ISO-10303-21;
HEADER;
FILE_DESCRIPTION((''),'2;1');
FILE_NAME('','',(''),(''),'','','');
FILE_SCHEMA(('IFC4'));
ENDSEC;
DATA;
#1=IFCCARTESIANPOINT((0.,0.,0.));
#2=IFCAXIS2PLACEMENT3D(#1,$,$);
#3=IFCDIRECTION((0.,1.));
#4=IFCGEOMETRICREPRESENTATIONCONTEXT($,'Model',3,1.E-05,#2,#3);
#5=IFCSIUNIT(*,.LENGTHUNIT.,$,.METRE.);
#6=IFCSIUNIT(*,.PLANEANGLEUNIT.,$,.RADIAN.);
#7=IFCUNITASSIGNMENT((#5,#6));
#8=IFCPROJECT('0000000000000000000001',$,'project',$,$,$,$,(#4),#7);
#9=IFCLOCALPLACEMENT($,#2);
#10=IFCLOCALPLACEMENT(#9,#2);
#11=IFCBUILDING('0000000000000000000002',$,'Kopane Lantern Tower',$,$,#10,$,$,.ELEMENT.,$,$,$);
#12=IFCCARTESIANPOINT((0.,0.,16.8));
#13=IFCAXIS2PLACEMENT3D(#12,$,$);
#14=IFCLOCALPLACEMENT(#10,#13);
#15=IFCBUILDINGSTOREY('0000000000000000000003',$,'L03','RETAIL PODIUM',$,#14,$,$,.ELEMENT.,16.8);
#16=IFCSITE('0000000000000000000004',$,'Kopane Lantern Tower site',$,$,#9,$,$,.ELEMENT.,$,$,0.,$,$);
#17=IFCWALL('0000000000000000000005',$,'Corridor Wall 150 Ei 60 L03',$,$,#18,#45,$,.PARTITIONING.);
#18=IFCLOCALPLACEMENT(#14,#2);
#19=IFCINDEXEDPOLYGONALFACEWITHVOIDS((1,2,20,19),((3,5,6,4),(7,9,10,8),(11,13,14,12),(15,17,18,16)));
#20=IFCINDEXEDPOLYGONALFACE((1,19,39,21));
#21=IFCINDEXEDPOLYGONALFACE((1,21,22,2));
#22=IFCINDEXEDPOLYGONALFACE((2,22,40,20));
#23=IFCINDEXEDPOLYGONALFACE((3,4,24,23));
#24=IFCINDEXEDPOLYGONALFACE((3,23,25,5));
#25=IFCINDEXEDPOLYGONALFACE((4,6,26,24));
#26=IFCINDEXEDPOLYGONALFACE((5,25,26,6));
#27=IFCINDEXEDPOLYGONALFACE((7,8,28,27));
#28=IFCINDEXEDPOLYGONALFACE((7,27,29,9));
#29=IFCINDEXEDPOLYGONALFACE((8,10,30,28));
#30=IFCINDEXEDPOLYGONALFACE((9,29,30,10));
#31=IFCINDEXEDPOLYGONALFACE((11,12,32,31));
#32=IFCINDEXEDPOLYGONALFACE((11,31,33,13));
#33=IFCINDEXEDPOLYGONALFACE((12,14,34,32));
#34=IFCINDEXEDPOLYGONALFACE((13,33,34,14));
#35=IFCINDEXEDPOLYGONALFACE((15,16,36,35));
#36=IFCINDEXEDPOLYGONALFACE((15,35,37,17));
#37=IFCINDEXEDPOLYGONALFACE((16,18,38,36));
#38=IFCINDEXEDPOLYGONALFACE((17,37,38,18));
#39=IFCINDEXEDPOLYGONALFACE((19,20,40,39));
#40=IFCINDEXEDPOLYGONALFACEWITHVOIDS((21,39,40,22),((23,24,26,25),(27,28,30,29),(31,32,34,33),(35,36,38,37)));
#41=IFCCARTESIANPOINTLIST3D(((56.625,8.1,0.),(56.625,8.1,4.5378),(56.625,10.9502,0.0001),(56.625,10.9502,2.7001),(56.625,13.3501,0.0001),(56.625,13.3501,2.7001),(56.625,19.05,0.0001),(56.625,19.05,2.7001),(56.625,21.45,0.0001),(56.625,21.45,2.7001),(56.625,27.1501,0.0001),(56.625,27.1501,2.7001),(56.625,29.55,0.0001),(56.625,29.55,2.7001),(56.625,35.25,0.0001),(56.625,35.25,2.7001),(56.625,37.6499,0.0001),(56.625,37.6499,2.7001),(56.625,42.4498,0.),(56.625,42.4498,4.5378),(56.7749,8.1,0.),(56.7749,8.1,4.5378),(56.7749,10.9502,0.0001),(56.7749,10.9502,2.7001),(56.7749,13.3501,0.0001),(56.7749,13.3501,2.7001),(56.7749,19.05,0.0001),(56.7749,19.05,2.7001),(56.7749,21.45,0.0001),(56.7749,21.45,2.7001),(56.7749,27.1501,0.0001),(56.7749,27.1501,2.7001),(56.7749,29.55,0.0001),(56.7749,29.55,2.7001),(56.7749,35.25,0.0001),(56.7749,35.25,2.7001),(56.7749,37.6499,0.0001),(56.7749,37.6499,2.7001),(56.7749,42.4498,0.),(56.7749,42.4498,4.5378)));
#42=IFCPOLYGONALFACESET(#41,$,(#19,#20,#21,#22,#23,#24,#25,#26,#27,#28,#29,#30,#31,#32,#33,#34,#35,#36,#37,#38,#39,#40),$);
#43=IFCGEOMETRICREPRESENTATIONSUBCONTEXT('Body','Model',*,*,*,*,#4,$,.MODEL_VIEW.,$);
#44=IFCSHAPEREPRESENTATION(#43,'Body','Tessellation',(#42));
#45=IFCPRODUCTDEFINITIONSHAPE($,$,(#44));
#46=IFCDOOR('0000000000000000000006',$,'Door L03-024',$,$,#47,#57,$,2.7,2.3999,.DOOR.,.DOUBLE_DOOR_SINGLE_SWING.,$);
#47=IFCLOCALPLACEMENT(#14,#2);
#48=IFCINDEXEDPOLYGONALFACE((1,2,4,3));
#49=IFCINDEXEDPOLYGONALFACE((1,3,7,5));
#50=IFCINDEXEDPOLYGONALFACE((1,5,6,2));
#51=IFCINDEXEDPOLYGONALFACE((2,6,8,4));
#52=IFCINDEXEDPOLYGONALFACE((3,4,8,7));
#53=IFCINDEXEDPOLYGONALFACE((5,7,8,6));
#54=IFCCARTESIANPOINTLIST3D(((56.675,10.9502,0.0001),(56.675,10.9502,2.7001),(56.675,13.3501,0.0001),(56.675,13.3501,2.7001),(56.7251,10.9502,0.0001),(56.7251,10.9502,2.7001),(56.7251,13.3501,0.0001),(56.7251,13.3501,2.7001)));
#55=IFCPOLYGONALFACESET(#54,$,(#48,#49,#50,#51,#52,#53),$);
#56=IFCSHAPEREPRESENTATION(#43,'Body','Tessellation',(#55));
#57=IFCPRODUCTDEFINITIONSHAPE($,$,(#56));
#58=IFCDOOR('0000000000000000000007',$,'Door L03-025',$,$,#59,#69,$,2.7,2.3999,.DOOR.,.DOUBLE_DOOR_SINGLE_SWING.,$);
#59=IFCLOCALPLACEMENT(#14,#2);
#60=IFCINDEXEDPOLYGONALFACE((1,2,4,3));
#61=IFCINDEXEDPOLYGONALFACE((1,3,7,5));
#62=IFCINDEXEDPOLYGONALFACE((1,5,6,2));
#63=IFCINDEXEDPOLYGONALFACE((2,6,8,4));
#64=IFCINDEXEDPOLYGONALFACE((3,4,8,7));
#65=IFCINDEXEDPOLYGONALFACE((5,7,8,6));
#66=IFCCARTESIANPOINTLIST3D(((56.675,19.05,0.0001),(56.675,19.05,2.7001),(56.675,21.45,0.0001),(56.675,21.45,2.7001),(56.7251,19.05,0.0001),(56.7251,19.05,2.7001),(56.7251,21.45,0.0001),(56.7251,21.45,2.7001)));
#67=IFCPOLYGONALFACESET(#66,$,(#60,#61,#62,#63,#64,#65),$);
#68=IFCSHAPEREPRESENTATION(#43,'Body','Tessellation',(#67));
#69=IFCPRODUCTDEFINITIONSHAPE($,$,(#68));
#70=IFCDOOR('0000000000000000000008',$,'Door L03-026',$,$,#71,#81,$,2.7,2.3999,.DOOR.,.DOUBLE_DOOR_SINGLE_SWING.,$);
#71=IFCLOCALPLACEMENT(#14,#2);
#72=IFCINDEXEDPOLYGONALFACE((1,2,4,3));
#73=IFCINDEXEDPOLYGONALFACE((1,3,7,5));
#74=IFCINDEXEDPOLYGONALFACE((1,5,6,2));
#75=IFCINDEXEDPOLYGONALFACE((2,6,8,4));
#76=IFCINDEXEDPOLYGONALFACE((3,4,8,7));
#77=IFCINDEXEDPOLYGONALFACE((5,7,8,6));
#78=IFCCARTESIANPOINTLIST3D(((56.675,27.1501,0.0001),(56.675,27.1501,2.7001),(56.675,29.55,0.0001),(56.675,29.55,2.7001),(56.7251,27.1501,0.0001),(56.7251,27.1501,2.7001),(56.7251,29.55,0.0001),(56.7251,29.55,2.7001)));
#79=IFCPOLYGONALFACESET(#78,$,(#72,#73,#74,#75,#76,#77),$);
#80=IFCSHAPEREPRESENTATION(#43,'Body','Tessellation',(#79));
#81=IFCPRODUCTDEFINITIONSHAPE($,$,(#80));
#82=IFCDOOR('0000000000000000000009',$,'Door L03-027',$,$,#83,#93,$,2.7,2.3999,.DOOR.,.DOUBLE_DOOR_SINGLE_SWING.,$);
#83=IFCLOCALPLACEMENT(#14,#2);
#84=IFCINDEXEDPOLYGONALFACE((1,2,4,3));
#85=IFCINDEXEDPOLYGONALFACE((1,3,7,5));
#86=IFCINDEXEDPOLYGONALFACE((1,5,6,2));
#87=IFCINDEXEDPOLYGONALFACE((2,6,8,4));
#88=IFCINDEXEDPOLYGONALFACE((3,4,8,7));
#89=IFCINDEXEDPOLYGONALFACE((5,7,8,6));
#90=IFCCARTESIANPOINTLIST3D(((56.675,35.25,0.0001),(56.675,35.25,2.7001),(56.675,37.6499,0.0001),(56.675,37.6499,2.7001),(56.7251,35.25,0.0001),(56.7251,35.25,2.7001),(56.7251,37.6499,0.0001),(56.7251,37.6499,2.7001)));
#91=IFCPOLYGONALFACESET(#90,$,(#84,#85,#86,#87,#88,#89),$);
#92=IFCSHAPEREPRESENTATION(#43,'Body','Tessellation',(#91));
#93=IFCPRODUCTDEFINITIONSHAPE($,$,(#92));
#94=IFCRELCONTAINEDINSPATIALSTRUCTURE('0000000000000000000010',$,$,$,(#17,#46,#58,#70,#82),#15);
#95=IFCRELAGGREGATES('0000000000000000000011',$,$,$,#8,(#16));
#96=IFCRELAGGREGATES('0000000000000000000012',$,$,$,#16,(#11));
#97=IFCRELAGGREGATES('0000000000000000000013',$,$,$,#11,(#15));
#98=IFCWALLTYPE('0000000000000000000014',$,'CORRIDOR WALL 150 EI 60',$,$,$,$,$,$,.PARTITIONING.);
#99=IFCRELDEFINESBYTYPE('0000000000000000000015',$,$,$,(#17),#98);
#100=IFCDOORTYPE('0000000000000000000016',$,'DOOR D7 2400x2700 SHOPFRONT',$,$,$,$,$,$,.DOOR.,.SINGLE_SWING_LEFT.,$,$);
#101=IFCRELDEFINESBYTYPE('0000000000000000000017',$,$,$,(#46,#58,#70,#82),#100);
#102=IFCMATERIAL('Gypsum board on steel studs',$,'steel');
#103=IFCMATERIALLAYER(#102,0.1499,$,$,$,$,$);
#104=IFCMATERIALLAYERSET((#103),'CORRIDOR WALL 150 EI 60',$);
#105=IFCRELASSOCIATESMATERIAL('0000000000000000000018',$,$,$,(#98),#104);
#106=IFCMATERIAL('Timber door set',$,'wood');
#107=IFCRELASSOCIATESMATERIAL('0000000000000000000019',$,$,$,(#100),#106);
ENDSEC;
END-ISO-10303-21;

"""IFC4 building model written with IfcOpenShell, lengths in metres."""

from ifc_helpers import new_model, si_unit, direction, frame, frame_2d, origin, place, context, subcontext, project, spatial, rectangle, extrude, material, layer, layer_set, type_object, element, fill, save


model = new_model("IFC4")

# Units and contexts
model_context = context("Model", 3, precision=1e-05, world=origin(), true_north=direction((0.0, 1.0)))
body_context = subcontext(model_context, "Body", "Model", "MODEL_VIEW")
ifc_project = project(units=[si_unit("LENGTHUNIT", "METRE"), si_unit("PLANEANGLEUNIT", "RADIAN")], contexts=[model_context])

# Site, building, storey
site_placement = place(None, origin())
site = spatial("IfcSite", under=ifc_project, at=site_placement, Name="Kopane Lantern Tower site", CompositionType="ELEMENT", RefElevation=0.0)
building_placement = place(site_placement, origin())
building = spatial("IfcBuilding", under=site, at=building_placement, Name="Kopane Lantern Tower", CompositionType="ELEMENT")
storey_placement = place(building_placement, frame((0.0, 0.0, 16.8)))
storey = spatial("IfcBuildingStorey", under=building, at=storey_placement, Name="L03", Description="RETAIL PODIUM", CompositionType="ELEMENT", Elevation=16.8)

# Wall, openings, doors
ifc_material_1 = material(Name="Gypsum board on steel studs", Category="steel")
ifc_layer_1 = layer(ifc_material_1, 0.1499)
ifc_layer_set_1 = layer_set([ifc_layer_1], Name="CORRIDOR WALL 150 EI 60")
wall_type_1 = type_object("IfcWallType", Name="CORRIDOR WALL 150 EI 60", PredefinedType="PARTITIONING", material=ifc_layer_set_1)
wall_1_placement = place(storey_placement, frame((56.7, 8.1001, 0.0), z_axis=(0.0, 0.0, 1.0), x_axis=(0.0, 1.0, 0.0)))
wall_1 = element("IfcWall", 1, at=wall_1_placement, inside=storey, type_object=wall_type_1, Name="Corridor Wall 150 Ei 60 L03", PredefinedType="PARTITIONING", context=body_context, shape_type="SweptSolid", body=[
    extrude(rectangle(XDim=34.3499, YDim=0.1499, at=frame_2d((17.1748, 0.0))), origin(), (0.0, 0.0, 1.0), 4.5378),
])
opening_1_placement = place(wall_1_placement, frame((2.8501, 0.0, 0.0)))
opening_1 = element("IfcOpeningElement", 2, at=opening_1_placement, cuts=wall_1, PredefinedType="OPENING", context=body_context, shape_type="SweptSolid", body=[
    extrude(rectangle(XDim=2.3999, YDim=2.7, at=frame_2d((1.2, 1.3501))), frame((0.0, 0.085, 0.0), z_axis=(0.0, -1.0, 0.0), x_axis=(1.0, 0.0, 0.0)), (0.0, 0.0, 1.0), 0.1699),
])
opening_2_placement = place(wall_1_placement, frame((10.95, 0.0, 0.0)))
opening_2 = element("IfcOpeningElement", 3, at=opening_2_placement, cuts=wall_1, PredefinedType="OPENING", context=body_context, shape_type="SweptSolid", body=[
    extrude(rectangle(XDim=2.3999, YDim=2.7, at=frame_2d((1.2, 1.3501))), frame((0.0, 0.085, 0.0), z_axis=(0.0, -1.0, 0.0), x_axis=(1.0, 0.0, 0.0)), (0.0, 0.0, 1.0), 0.1699),
])
opening_3_placement = place(wall_1_placement, frame((19.05, 0.0, 0.0)))
opening_3 = element("IfcOpeningElement", 4, at=opening_3_placement, cuts=wall_1, PredefinedType="OPENING", context=body_context, shape_type="SweptSolid", body=[
    extrude(rectangle(XDim=2.3999, YDim=2.7, at=frame_2d((1.2, 1.3501))), frame((0.0, 0.085, 0.0), z_axis=(0.0, -1.0, 0.0), x_axis=(1.0, 0.0, 0.0)), (0.0, 0.0, 1.0), 0.1699),
])
opening_4_placement = place(wall_1_placement, frame((27.1499, 0.0, 0.0)))
opening_4 = element("IfcOpeningElement", 5, at=opening_4_placement, cuts=wall_1, PredefinedType="OPENING", context=body_context, shape_type="SweptSolid", body=[
    extrude(rectangle(XDim=2.3999, YDim=2.7, at=frame_2d((1.2, 1.3501))), frame((0.0, 0.085, 0.0), z_axis=(0.0, -1.0, 0.0), x_axis=(1.0, 0.0, 0.0)), (0.0, 0.0, 1.0), 0.1699),
])
ifc_material_2 = material(Name="Timber door set", Category="wood")
door_type = type_object("IfcDoorType", Name="DOOR D7 2400x2700 SHOPFRONT", OperationType="SINGLE_SWING_LEFT", PredefinedType="DOOR", material=ifc_material_2)
door_1_placement = place(opening_1_placement, origin())
door_1 = element("IfcDoor", 6, at=door_1_placement, inside=storey, type_object=door_type, Name="Door L03-024", OperationType="DOUBLE_DOOR_SINGLE_SWING", OverallHeight=2.7, OverallWidth=2.3999, PredefinedType="DOOR", context=body_context, shape_type="SweptSolid", body=[
    extrude(rectangle(XDim=2.3999, YDim=2.7, at=frame_2d((1.2, 1.3501))), frame((0.0, 0.0249, 0.0), z_axis=(0.0, -1.0, 0.0), x_axis=(1.0, 0.0, 0.0)), (0.0, 0.0, 1.0), 0.05),
])
fill(opening_1, door_1)
door_2_placement = place(opening_2_placement, origin())
door_2 = element("IfcDoor", 7, at=door_2_placement, inside=storey, type_object=door_type, Name="Door L03-025", OperationType="DOUBLE_DOOR_SINGLE_SWING", OverallHeight=2.7, OverallWidth=2.3999, PredefinedType="DOOR", context=body_context, shape_type="SweptSolid", body=[
    extrude(rectangle(XDim=2.3999, YDim=2.7, at=frame_2d((1.2, 1.3501))), frame((0.0, 0.0249, 0.0), z_axis=(0.0, -1.0, 0.0), x_axis=(1.0, 0.0, 0.0)), (0.0, 0.0, 1.0), 0.05),
])
fill(opening_2, door_2)
door_3_placement = place(opening_3_placement, origin())
door_3 = element("IfcDoor", 8, at=door_3_placement, inside=storey, type_object=door_type, Name="Door L03-026", OperationType="DOUBLE_DOOR_SINGLE_SWING", OverallHeight=2.7, OverallWidth=2.3999, PredefinedType="DOOR", context=body_context, shape_type="SweptSolid", body=[
    extrude(rectangle(XDim=2.3999, YDim=2.7, at=frame_2d((1.2, 1.3501))), frame((0.0, 0.0249, 0.0), z_axis=(0.0, -1.0, 0.0), x_axis=(1.0, 0.0, 0.0)), (0.0, 0.0, 1.0), 0.05),
])
fill(opening_3, door_3)
door_4_placement = place(opening_4_placement, origin())
door_4 = element("IfcDoor", 9, at=door_4_placement, inside=storey, type_object=door_type, Name="Door L03-027", OperationType="DOUBLE_DOOR_SINGLE_SWING", OverallHeight=2.7, OverallWidth=2.3999, PredefinedType="DOOR", context=body_context, shape_type="SweptSolid", body=[
    extrude(rectangle(XDim=2.3999, YDim=2.7, at=frame_2d((1.2, 1.3501))), frame((0.0, 0.0249, 0.0), z_axis=(0.0, -1.0, 0.0), x_axis=(1.0, 0.0, 0.0)), (0.0, 0.0, 1.0), 0.05),
])
fill(opening_4, door_4)

save(model, "model.ifc")
